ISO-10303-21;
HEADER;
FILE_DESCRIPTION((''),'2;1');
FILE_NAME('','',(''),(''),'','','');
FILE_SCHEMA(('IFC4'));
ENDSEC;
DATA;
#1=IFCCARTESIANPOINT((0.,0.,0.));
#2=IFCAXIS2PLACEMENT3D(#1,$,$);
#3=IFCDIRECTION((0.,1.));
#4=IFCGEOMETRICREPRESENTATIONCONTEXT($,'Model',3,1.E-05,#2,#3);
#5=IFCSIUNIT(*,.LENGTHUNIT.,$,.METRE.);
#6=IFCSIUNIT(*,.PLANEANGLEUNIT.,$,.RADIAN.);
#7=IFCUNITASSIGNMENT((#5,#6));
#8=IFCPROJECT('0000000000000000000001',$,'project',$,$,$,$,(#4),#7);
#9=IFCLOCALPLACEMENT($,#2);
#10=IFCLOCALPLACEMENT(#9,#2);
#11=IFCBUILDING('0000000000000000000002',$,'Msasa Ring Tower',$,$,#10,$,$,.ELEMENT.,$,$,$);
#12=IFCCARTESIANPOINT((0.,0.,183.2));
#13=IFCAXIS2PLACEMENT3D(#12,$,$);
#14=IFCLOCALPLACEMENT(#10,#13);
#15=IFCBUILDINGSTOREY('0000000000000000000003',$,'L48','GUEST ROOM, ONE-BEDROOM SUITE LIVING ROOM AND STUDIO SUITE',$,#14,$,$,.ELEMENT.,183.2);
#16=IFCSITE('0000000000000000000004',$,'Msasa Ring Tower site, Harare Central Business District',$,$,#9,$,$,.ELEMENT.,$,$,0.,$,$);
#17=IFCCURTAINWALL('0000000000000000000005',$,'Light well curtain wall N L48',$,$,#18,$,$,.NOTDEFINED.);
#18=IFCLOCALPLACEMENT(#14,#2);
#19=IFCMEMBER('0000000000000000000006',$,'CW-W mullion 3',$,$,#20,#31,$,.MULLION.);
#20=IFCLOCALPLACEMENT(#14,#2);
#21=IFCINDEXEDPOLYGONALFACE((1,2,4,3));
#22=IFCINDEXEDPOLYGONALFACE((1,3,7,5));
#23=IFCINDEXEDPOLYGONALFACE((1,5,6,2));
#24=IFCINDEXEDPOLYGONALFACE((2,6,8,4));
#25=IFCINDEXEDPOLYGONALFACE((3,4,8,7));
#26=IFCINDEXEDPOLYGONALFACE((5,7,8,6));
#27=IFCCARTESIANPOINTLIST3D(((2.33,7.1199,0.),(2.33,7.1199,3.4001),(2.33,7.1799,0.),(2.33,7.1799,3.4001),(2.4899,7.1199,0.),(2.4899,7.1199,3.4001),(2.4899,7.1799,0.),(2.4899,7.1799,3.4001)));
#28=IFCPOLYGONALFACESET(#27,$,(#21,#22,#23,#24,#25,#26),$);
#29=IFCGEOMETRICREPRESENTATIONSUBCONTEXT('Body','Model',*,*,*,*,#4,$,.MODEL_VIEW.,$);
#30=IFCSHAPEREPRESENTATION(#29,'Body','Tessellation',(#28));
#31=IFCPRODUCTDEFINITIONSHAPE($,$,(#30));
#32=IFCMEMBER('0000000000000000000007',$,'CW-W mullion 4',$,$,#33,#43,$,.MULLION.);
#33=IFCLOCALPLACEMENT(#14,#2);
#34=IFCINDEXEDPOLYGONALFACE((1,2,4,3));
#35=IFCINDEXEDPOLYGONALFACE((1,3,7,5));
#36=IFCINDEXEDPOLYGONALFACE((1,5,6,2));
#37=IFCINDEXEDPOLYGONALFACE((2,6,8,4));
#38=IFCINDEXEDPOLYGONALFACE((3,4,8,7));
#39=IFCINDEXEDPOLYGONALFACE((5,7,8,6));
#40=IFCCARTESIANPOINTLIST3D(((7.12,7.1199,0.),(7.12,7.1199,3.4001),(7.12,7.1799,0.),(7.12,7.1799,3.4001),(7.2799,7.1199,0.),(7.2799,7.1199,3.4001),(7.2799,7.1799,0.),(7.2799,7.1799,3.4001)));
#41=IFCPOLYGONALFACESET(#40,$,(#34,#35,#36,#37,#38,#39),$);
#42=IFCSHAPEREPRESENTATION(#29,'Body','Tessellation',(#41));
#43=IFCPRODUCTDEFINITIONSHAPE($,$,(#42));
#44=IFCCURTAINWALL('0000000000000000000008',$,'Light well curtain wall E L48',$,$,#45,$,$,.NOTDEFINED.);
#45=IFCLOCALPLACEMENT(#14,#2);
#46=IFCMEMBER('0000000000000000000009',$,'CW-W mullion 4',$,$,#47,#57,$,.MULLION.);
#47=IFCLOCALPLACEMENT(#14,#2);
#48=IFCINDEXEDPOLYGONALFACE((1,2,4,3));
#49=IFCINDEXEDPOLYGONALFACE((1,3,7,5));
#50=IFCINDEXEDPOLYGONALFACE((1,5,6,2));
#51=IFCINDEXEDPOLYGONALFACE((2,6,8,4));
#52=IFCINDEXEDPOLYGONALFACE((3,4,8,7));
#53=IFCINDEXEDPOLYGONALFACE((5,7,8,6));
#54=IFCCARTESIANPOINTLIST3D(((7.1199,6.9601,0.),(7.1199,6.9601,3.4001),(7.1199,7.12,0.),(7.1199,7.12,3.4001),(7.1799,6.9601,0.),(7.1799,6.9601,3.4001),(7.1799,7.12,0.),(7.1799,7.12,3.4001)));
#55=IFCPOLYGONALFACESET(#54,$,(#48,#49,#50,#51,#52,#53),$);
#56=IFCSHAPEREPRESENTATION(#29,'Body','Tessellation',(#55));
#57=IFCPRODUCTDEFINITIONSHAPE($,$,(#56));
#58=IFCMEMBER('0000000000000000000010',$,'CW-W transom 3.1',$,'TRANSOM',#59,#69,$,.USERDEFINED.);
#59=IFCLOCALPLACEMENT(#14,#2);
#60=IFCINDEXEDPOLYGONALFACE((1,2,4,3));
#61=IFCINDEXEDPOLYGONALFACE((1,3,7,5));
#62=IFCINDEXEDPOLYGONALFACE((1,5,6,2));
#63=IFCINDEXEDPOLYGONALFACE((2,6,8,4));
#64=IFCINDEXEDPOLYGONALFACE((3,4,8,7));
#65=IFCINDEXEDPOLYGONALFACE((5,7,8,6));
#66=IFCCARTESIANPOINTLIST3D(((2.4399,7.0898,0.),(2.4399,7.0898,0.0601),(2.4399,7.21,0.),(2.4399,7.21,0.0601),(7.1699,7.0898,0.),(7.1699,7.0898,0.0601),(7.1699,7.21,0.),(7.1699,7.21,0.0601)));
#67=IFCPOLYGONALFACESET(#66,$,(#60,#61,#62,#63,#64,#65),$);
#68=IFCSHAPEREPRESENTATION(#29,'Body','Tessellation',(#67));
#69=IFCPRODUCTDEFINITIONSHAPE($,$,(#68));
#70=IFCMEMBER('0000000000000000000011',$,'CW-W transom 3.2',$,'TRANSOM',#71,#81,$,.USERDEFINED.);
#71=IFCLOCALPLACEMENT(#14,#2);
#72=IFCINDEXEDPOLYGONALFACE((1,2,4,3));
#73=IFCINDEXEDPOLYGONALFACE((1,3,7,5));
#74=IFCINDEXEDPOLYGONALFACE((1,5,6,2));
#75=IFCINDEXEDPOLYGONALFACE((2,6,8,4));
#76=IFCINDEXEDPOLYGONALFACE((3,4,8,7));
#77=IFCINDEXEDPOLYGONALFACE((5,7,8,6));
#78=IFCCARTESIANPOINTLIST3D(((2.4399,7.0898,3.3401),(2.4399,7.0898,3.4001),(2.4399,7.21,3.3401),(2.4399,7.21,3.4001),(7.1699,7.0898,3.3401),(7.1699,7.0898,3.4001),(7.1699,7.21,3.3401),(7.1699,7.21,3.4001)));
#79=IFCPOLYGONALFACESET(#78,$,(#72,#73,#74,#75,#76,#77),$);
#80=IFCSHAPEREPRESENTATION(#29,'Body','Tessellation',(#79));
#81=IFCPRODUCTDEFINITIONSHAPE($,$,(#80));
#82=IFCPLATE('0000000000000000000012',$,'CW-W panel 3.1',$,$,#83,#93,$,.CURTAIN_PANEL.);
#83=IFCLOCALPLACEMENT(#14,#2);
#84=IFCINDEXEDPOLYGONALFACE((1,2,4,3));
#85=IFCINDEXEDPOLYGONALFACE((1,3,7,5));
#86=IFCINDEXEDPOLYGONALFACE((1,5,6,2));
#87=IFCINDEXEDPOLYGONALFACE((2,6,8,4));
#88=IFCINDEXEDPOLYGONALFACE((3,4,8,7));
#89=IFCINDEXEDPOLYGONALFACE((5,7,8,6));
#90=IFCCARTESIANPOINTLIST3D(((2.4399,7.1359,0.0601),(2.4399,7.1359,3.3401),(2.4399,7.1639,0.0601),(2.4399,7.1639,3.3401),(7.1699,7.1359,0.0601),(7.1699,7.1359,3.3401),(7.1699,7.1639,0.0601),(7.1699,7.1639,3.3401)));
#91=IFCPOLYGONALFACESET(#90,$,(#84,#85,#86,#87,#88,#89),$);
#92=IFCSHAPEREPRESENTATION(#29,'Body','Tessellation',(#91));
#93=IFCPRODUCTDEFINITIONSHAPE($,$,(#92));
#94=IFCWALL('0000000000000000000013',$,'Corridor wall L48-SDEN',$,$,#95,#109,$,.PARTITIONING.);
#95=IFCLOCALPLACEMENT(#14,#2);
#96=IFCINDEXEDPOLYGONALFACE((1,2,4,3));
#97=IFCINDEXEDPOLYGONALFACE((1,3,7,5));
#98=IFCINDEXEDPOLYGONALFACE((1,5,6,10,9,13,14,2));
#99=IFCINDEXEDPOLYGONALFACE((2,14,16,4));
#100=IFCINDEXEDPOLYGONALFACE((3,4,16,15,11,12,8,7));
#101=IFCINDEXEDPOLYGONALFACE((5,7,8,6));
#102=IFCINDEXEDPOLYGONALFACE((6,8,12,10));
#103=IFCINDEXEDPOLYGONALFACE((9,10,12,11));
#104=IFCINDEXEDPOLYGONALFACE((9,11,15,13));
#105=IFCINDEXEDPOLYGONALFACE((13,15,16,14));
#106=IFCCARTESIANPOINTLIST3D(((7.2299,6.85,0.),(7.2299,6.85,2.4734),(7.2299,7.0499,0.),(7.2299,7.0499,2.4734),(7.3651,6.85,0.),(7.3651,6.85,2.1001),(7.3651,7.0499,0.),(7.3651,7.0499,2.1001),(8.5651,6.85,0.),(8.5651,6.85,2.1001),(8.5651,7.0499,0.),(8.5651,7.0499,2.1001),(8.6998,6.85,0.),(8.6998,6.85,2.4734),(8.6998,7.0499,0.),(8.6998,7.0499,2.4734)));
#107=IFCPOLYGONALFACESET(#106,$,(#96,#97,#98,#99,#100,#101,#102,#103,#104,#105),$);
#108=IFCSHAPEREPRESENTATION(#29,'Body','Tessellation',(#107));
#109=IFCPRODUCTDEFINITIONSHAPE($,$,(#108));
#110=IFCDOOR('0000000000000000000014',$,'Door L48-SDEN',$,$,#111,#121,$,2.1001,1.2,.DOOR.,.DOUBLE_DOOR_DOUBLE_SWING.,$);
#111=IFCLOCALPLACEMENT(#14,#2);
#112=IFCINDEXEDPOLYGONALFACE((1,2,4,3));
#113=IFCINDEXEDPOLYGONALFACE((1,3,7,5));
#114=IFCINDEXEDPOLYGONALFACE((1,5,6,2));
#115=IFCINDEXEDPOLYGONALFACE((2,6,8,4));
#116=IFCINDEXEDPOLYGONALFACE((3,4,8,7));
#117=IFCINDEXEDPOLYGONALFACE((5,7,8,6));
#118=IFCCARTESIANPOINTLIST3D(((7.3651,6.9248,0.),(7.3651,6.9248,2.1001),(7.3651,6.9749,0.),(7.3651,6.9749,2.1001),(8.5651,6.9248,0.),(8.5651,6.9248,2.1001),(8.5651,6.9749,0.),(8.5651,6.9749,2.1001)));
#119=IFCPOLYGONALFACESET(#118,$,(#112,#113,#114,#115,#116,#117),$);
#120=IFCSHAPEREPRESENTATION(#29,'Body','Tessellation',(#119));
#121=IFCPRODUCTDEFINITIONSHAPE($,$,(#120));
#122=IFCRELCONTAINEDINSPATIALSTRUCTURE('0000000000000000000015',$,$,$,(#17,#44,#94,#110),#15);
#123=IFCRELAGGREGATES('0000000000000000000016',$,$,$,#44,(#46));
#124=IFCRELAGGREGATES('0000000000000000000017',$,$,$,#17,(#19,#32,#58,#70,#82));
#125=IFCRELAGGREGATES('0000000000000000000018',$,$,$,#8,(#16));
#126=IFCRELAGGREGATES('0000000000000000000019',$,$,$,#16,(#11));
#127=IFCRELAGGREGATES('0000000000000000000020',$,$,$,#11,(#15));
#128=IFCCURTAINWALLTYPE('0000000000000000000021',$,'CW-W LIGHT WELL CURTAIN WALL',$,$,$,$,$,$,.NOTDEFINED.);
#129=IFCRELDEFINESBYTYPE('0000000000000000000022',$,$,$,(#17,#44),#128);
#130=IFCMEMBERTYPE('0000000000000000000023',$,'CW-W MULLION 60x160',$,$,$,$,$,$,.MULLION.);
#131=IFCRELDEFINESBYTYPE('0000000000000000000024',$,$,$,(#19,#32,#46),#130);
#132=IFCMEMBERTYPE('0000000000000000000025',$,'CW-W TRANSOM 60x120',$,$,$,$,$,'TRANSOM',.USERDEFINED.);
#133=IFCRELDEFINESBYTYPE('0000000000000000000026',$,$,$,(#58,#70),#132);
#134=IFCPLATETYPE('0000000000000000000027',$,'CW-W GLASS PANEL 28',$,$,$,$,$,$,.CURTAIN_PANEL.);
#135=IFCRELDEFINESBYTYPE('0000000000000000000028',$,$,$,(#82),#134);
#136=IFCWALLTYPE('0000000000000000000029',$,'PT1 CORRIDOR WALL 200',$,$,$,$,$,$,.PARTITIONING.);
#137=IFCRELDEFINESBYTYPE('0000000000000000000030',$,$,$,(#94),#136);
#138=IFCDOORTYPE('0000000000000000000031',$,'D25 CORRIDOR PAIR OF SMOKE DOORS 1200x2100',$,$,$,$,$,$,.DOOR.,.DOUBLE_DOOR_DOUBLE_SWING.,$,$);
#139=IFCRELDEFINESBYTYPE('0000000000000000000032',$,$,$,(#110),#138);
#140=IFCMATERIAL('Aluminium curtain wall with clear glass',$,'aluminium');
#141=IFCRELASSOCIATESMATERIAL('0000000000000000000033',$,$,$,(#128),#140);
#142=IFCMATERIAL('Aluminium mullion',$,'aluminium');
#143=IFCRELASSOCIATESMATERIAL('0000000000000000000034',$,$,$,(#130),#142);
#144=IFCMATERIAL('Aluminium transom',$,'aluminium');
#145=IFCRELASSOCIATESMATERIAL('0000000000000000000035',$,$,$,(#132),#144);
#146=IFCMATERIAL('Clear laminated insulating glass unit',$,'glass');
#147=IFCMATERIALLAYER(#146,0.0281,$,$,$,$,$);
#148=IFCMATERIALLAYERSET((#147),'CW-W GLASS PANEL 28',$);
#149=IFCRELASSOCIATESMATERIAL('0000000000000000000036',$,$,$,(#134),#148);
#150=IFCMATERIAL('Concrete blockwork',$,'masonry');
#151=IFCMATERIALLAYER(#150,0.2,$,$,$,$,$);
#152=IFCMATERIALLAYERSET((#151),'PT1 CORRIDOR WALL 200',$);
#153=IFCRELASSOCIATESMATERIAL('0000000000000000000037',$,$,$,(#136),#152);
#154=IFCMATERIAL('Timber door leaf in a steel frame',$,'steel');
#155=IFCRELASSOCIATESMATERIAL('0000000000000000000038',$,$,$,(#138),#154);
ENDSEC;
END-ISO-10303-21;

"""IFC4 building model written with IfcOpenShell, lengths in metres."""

from ifc_helpers import new_model, si_unit, direction, frame, frame_2d, origin, origin_2d, place, context, subcontext, project, spatial, rectangle, extrude, material, layer, layer_set, material_profile, profile_set, type_object, element, fill, aggregate, save


model = new_model("IFC4")

# Units and contexts
model_context = context("Model", 3, precision=1e-05, world=origin(), true_north=direction((0.0, 1.0)))
body_context = subcontext(model_context, "Body", "Model", "MODEL_VIEW")
ifc_project = project(units=[si_unit("LENGTHUNIT", "METRE"), si_unit("PLANEANGLEUNIT", "RADIAN")], contexts=[model_context])

# Site, building, storey
site_placement = place(None, origin())
site = spatial("IfcSite", under=ifc_project, at=site_placement, Name="Msasa Ring Tower site, Harare Central Business District", CompositionType="ELEMENT", RefElevation=0.0)
building_placement = place(site_placement, origin())
building = spatial("IfcBuilding", under=site, at=building_placement, Name="Msasa Ring Tower", CompositionType="ELEMENT")
storey_placement = place(building_placement, frame((0.0, 0.0, 183.2)))
storey = spatial("IfcBuildingStorey", under=building, at=storey_placement, Name="L48", Description="GUEST ROOM, ONE-BEDROOM SUITE LIVING ROOM AND STUDIO SUITE", CompositionType="ELEMENT", Elevation=183.2)

# Curtain wall, members
ifc_material_1 = material(Name="Aluminium curtain wall with clear glass", Category="aluminium")
curtain_wall_type = type_object("IfcCurtainWallType", Name="CW-W LIGHT WELL CURTAIN WALL", PredefinedType="NOTDEFINED", material=ifc_material_1)
curtain_wall_1_placement = place(storey_placement, origin())
curtain_wall_1 = element("IfcCurtainWall", 1, at=curtain_wall_1_placement, inside=storey, type_object=curtain_wall_type, Name="Light well curtain wall N L48", PredefinedType="NOTDEFINED")
ifc_material_2 = material(Name="Aluminium mullion", Category="aluminium")
ifc_material_profile_1 = material_profile(ifc_material_2, rectangle(XDim=0.0601, YDim=0.1599, at=origin_2d()), Name="AL 60x160")
ifc_profile_set_1 = profile_set([ifc_material_profile_1], Name="Aluminium mullion")
member_type_1 = type_object("IfcMemberType", Name="CW-W MULLION 60x160", PredefinedType="MULLION", material=ifc_profile_set_1)
member_1_placement = place(storey_placement, frame((2.4099, 7.1499, 0.0), z_axis=(0.0, 0.0, 1.0), x_axis=(0.0, 1.0, 0.0)))
member_1 = element("IfcMember", 2, at=member_1_placement, type_object=member_type_1, Name="CW-W mullion 3", PredefinedType="MULLION", context=body_context, shape_type="SweptSolid", body=[
    extrude(rectangle(XDim=0.0601, YDim=0.1599, at=origin_2d()), origin(), (0.0, 0.0, 1.0), 3.4001),
])
member_2_placement = place(storey_placement, frame((7.2, 7.1499, 0.0), z_axis=(0.0, 0.0, 1.0), x_axis=(0.0, 1.0, 0.0)))
member_2 = element("IfcMember", 3, at=member_2_placement, type_object=member_type_1, Name="CW-W mullion 4", PredefinedType="MULLION", context=body_context, shape_type="SweptSolid", body=[
    extrude(rectangle(XDim=0.0601, YDim=0.1599, at=origin_2d()), origin(), (0.0, 0.0, 1.0), 3.4001),
])

# Curtain wall, member
curtain_wall_2_placement = place(storey_placement, origin())
curtain_wall_2 = element("IfcCurtainWall", 4, at=curtain_wall_2_placement, inside=storey, type_object=curtain_wall_type, Name="Light well curtain wall E L48", PredefinedType="NOTDEFINED")
member_3_placement = place(storey_placement, frame((7.1499, 7.04, 0.0), z_axis=(0.0, 0.0, 1.0), x_axis=(-1.0, 0.0, 0.0)))
member_3 = element("IfcMember", 5, at=member_3_placement, type_object=member_type_1, Name="CW-W mullion 4", PredefinedType="MULLION", context=body_context, shape_type="SweptSolid", body=[
    extrude(rectangle(XDim=0.0601, YDim=0.1599, at=origin_2d()), origin(), (0.0, 0.0, 1.0), 3.4001),
])
aggregate(curtain_wall_2, [member_3])

# Members
ifc_material_3 = material(Name="Aluminium transom", Category="aluminium")
ifc_material_profile_2 = material_profile(ifc_material_3, rectangle(XDim=0.1201, YDim=0.0601, at=origin_2d()), Name="AL 60x120")
ifc_profile_set_2 = profile_set([ifc_material_profile_2], Name="Aluminium transom")
member_type_2 = type_object("IfcMemberType", Name="CW-W TRANSOM 60x120", ElementType="TRANSOM", PredefinedType="USERDEFINED", material=ifc_profile_set_2)
member_4_placement = place(storey_placement, frame((2.4399, 7.1499, 0.03), z_axis=(1.0, 0.0, 0.0), x_axis=(0.0, 1.0, 0.0)))
member_4 = element("IfcMember", 6, at=member_4_placement, type_object=member_type_2, Name="CW-W transom 3.1", ObjectType="TRANSOM", PredefinedType="USERDEFINED", context=body_context, shape_type="SweptSolid", body=[
    extrude(rectangle(XDim=0.1201, YDim=0.0601, at=origin_2d()), origin(), (0.0, 0.0, 1.0), 4.73),
])
member_5_placement = place(storey_placement, frame((2.4399, 7.1499, 3.3701), z_axis=(1.0, 0.0, 0.0), x_axis=(0.0, 1.0, 0.0)))
member_5 = element("IfcMember", 7, at=member_5_placement, type_object=member_type_2, Name="CW-W transom 3.2", ObjectType="TRANSOM", PredefinedType="USERDEFINED", context=body_context, shape_type="SweptSolid", body=[
    extrude(rectangle(XDim=0.1201, YDim=0.0601, at=origin_2d()), origin(), (0.0, 0.0, 1.0), 4.73),
])

# Plate
ifc_material_4 = material(Name="Clear laminated insulating glass unit", Category="glass")
ifc_layer_1 = layer(ifc_material_4, 0.0281)
ifc_layer_set_1 = layer_set([ifc_layer_1], Name="CW-W GLASS PANEL 28")
plate_type = type_object("IfcPlateType", Name="CW-W GLASS PANEL 28", PredefinedType="CURTAIN_PANEL", material=ifc_layer_set_1)
plate_placement = place(storey_placement, frame((4.8049, 7.1499, 0.0601), z_axis=(0.0, 0.0, 1.0), x_axis=(1.0, 0.0, 0.0)))
plate = element("IfcPlate", 8, at=plate_placement, type_object=plate_type, Name="CW-W panel 3.1", PredefinedType="CURTAIN_PANEL", context=body_context, shape_type="SweptSolid", body=[
    extrude(rectangle(XDim=4.73, YDim=0.0281, at=origin_2d()), origin(), (0.0, 0.0, 1.0), 3.28),
])
aggregate(curtain_wall_1, [member_1, member_2, member_4, member_5, plate])

# Wall, opening, door
ifc_material_5 = material(Name="Concrete blockwork", Category="masonry")
ifc_layer_2 = layer(ifc_material_5, 0.2)
ifc_layer_set_2 = layer_set([ifc_layer_2], Name="PT1 CORRIDOR WALL 200")
wall_type_1 = type_object("IfcWallType", Name="PT1 CORRIDOR WALL 200", PredefinedType="PARTITIONING", material=ifc_layer_set_2)
wall_1_placement = place(storey_placement, frame((7.23, 6.95, 0.0), z_axis=(0.0, 0.0, 1.0), x_axis=(1.0, 0.0, 0.0)))
wall_1 = element("IfcWall", 9, at=wall_1_placement, inside=storey, type_object=wall_type_1, Name="Corridor wall L48-SDEN", PredefinedType="PARTITIONING", context=body_context, shape_type="SweptSolid", body=[
    extrude(rectangle(XDim=1.47, YDim=0.2, at=frame_2d((0.7349, 0.0))), origin(), (0.0, 0.0, 1.0), 2.4734),
])
opening_1_placement = place(wall_1_placement, frame((0.135, 0.0, 0.0)))
opening_1 = element("IfcOpeningElement", 10, at=opening_1_placement, cuts=wall_1, PredefinedType="OPENING", context=body_context, shape_type="SweptSolid", body=[
    extrude(rectangle(XDim=1.2, YDim=2.1001, at=frame_2d((0.6001, 1.05))), frame((0.0, 0.1099, 0.0), z_axis=(0.0, -1.0, 0.0), x_axis=(1.0, 0.0, 0.0)), (0.0, 0.0, 1.0), 0.22),
])
ifc_material_6 = material(Name="Timber door leaf in a steel frame", Category="steel")
door_type_1 = type_object("IfcDoorType", Name="D25 CORRIDOR PAIR OF SMOKE DOORS 1200x2100", OperationType="DOUBLE_DOOR_DOUBLE_SWING", PredefinedType="DOOR", material=ifc_material_6)
door_1_placement = place(opening_1_placement, origin())
door_1 = element("IfcDoor", 11, at=door_1_placement, inside=storey, type_object=door_type_1, Name="Door L48-SDEN", OperationType="DOUBLE_DOOR_DOUBLE_SWING", OverallHeight=2.1001, OverallWidth=1.2, PredefinedType="DOOR", context=body_context, shape_type="SweptSolid", body=[
    extrude(rectangle(XDim=1.2, YDim=2.1001, at=frame_2d((0.6001, 1.05))), frame((0.0, 0.0249, 0.0), z_axis=(0.0, -1.0, 0.0), x_axis=(1.0, 0.0, 0.0)), (0.0, 0.0, 1.0), 0.05),
])
fill(opening_1, door_1)

save(model, "model.ifc")
